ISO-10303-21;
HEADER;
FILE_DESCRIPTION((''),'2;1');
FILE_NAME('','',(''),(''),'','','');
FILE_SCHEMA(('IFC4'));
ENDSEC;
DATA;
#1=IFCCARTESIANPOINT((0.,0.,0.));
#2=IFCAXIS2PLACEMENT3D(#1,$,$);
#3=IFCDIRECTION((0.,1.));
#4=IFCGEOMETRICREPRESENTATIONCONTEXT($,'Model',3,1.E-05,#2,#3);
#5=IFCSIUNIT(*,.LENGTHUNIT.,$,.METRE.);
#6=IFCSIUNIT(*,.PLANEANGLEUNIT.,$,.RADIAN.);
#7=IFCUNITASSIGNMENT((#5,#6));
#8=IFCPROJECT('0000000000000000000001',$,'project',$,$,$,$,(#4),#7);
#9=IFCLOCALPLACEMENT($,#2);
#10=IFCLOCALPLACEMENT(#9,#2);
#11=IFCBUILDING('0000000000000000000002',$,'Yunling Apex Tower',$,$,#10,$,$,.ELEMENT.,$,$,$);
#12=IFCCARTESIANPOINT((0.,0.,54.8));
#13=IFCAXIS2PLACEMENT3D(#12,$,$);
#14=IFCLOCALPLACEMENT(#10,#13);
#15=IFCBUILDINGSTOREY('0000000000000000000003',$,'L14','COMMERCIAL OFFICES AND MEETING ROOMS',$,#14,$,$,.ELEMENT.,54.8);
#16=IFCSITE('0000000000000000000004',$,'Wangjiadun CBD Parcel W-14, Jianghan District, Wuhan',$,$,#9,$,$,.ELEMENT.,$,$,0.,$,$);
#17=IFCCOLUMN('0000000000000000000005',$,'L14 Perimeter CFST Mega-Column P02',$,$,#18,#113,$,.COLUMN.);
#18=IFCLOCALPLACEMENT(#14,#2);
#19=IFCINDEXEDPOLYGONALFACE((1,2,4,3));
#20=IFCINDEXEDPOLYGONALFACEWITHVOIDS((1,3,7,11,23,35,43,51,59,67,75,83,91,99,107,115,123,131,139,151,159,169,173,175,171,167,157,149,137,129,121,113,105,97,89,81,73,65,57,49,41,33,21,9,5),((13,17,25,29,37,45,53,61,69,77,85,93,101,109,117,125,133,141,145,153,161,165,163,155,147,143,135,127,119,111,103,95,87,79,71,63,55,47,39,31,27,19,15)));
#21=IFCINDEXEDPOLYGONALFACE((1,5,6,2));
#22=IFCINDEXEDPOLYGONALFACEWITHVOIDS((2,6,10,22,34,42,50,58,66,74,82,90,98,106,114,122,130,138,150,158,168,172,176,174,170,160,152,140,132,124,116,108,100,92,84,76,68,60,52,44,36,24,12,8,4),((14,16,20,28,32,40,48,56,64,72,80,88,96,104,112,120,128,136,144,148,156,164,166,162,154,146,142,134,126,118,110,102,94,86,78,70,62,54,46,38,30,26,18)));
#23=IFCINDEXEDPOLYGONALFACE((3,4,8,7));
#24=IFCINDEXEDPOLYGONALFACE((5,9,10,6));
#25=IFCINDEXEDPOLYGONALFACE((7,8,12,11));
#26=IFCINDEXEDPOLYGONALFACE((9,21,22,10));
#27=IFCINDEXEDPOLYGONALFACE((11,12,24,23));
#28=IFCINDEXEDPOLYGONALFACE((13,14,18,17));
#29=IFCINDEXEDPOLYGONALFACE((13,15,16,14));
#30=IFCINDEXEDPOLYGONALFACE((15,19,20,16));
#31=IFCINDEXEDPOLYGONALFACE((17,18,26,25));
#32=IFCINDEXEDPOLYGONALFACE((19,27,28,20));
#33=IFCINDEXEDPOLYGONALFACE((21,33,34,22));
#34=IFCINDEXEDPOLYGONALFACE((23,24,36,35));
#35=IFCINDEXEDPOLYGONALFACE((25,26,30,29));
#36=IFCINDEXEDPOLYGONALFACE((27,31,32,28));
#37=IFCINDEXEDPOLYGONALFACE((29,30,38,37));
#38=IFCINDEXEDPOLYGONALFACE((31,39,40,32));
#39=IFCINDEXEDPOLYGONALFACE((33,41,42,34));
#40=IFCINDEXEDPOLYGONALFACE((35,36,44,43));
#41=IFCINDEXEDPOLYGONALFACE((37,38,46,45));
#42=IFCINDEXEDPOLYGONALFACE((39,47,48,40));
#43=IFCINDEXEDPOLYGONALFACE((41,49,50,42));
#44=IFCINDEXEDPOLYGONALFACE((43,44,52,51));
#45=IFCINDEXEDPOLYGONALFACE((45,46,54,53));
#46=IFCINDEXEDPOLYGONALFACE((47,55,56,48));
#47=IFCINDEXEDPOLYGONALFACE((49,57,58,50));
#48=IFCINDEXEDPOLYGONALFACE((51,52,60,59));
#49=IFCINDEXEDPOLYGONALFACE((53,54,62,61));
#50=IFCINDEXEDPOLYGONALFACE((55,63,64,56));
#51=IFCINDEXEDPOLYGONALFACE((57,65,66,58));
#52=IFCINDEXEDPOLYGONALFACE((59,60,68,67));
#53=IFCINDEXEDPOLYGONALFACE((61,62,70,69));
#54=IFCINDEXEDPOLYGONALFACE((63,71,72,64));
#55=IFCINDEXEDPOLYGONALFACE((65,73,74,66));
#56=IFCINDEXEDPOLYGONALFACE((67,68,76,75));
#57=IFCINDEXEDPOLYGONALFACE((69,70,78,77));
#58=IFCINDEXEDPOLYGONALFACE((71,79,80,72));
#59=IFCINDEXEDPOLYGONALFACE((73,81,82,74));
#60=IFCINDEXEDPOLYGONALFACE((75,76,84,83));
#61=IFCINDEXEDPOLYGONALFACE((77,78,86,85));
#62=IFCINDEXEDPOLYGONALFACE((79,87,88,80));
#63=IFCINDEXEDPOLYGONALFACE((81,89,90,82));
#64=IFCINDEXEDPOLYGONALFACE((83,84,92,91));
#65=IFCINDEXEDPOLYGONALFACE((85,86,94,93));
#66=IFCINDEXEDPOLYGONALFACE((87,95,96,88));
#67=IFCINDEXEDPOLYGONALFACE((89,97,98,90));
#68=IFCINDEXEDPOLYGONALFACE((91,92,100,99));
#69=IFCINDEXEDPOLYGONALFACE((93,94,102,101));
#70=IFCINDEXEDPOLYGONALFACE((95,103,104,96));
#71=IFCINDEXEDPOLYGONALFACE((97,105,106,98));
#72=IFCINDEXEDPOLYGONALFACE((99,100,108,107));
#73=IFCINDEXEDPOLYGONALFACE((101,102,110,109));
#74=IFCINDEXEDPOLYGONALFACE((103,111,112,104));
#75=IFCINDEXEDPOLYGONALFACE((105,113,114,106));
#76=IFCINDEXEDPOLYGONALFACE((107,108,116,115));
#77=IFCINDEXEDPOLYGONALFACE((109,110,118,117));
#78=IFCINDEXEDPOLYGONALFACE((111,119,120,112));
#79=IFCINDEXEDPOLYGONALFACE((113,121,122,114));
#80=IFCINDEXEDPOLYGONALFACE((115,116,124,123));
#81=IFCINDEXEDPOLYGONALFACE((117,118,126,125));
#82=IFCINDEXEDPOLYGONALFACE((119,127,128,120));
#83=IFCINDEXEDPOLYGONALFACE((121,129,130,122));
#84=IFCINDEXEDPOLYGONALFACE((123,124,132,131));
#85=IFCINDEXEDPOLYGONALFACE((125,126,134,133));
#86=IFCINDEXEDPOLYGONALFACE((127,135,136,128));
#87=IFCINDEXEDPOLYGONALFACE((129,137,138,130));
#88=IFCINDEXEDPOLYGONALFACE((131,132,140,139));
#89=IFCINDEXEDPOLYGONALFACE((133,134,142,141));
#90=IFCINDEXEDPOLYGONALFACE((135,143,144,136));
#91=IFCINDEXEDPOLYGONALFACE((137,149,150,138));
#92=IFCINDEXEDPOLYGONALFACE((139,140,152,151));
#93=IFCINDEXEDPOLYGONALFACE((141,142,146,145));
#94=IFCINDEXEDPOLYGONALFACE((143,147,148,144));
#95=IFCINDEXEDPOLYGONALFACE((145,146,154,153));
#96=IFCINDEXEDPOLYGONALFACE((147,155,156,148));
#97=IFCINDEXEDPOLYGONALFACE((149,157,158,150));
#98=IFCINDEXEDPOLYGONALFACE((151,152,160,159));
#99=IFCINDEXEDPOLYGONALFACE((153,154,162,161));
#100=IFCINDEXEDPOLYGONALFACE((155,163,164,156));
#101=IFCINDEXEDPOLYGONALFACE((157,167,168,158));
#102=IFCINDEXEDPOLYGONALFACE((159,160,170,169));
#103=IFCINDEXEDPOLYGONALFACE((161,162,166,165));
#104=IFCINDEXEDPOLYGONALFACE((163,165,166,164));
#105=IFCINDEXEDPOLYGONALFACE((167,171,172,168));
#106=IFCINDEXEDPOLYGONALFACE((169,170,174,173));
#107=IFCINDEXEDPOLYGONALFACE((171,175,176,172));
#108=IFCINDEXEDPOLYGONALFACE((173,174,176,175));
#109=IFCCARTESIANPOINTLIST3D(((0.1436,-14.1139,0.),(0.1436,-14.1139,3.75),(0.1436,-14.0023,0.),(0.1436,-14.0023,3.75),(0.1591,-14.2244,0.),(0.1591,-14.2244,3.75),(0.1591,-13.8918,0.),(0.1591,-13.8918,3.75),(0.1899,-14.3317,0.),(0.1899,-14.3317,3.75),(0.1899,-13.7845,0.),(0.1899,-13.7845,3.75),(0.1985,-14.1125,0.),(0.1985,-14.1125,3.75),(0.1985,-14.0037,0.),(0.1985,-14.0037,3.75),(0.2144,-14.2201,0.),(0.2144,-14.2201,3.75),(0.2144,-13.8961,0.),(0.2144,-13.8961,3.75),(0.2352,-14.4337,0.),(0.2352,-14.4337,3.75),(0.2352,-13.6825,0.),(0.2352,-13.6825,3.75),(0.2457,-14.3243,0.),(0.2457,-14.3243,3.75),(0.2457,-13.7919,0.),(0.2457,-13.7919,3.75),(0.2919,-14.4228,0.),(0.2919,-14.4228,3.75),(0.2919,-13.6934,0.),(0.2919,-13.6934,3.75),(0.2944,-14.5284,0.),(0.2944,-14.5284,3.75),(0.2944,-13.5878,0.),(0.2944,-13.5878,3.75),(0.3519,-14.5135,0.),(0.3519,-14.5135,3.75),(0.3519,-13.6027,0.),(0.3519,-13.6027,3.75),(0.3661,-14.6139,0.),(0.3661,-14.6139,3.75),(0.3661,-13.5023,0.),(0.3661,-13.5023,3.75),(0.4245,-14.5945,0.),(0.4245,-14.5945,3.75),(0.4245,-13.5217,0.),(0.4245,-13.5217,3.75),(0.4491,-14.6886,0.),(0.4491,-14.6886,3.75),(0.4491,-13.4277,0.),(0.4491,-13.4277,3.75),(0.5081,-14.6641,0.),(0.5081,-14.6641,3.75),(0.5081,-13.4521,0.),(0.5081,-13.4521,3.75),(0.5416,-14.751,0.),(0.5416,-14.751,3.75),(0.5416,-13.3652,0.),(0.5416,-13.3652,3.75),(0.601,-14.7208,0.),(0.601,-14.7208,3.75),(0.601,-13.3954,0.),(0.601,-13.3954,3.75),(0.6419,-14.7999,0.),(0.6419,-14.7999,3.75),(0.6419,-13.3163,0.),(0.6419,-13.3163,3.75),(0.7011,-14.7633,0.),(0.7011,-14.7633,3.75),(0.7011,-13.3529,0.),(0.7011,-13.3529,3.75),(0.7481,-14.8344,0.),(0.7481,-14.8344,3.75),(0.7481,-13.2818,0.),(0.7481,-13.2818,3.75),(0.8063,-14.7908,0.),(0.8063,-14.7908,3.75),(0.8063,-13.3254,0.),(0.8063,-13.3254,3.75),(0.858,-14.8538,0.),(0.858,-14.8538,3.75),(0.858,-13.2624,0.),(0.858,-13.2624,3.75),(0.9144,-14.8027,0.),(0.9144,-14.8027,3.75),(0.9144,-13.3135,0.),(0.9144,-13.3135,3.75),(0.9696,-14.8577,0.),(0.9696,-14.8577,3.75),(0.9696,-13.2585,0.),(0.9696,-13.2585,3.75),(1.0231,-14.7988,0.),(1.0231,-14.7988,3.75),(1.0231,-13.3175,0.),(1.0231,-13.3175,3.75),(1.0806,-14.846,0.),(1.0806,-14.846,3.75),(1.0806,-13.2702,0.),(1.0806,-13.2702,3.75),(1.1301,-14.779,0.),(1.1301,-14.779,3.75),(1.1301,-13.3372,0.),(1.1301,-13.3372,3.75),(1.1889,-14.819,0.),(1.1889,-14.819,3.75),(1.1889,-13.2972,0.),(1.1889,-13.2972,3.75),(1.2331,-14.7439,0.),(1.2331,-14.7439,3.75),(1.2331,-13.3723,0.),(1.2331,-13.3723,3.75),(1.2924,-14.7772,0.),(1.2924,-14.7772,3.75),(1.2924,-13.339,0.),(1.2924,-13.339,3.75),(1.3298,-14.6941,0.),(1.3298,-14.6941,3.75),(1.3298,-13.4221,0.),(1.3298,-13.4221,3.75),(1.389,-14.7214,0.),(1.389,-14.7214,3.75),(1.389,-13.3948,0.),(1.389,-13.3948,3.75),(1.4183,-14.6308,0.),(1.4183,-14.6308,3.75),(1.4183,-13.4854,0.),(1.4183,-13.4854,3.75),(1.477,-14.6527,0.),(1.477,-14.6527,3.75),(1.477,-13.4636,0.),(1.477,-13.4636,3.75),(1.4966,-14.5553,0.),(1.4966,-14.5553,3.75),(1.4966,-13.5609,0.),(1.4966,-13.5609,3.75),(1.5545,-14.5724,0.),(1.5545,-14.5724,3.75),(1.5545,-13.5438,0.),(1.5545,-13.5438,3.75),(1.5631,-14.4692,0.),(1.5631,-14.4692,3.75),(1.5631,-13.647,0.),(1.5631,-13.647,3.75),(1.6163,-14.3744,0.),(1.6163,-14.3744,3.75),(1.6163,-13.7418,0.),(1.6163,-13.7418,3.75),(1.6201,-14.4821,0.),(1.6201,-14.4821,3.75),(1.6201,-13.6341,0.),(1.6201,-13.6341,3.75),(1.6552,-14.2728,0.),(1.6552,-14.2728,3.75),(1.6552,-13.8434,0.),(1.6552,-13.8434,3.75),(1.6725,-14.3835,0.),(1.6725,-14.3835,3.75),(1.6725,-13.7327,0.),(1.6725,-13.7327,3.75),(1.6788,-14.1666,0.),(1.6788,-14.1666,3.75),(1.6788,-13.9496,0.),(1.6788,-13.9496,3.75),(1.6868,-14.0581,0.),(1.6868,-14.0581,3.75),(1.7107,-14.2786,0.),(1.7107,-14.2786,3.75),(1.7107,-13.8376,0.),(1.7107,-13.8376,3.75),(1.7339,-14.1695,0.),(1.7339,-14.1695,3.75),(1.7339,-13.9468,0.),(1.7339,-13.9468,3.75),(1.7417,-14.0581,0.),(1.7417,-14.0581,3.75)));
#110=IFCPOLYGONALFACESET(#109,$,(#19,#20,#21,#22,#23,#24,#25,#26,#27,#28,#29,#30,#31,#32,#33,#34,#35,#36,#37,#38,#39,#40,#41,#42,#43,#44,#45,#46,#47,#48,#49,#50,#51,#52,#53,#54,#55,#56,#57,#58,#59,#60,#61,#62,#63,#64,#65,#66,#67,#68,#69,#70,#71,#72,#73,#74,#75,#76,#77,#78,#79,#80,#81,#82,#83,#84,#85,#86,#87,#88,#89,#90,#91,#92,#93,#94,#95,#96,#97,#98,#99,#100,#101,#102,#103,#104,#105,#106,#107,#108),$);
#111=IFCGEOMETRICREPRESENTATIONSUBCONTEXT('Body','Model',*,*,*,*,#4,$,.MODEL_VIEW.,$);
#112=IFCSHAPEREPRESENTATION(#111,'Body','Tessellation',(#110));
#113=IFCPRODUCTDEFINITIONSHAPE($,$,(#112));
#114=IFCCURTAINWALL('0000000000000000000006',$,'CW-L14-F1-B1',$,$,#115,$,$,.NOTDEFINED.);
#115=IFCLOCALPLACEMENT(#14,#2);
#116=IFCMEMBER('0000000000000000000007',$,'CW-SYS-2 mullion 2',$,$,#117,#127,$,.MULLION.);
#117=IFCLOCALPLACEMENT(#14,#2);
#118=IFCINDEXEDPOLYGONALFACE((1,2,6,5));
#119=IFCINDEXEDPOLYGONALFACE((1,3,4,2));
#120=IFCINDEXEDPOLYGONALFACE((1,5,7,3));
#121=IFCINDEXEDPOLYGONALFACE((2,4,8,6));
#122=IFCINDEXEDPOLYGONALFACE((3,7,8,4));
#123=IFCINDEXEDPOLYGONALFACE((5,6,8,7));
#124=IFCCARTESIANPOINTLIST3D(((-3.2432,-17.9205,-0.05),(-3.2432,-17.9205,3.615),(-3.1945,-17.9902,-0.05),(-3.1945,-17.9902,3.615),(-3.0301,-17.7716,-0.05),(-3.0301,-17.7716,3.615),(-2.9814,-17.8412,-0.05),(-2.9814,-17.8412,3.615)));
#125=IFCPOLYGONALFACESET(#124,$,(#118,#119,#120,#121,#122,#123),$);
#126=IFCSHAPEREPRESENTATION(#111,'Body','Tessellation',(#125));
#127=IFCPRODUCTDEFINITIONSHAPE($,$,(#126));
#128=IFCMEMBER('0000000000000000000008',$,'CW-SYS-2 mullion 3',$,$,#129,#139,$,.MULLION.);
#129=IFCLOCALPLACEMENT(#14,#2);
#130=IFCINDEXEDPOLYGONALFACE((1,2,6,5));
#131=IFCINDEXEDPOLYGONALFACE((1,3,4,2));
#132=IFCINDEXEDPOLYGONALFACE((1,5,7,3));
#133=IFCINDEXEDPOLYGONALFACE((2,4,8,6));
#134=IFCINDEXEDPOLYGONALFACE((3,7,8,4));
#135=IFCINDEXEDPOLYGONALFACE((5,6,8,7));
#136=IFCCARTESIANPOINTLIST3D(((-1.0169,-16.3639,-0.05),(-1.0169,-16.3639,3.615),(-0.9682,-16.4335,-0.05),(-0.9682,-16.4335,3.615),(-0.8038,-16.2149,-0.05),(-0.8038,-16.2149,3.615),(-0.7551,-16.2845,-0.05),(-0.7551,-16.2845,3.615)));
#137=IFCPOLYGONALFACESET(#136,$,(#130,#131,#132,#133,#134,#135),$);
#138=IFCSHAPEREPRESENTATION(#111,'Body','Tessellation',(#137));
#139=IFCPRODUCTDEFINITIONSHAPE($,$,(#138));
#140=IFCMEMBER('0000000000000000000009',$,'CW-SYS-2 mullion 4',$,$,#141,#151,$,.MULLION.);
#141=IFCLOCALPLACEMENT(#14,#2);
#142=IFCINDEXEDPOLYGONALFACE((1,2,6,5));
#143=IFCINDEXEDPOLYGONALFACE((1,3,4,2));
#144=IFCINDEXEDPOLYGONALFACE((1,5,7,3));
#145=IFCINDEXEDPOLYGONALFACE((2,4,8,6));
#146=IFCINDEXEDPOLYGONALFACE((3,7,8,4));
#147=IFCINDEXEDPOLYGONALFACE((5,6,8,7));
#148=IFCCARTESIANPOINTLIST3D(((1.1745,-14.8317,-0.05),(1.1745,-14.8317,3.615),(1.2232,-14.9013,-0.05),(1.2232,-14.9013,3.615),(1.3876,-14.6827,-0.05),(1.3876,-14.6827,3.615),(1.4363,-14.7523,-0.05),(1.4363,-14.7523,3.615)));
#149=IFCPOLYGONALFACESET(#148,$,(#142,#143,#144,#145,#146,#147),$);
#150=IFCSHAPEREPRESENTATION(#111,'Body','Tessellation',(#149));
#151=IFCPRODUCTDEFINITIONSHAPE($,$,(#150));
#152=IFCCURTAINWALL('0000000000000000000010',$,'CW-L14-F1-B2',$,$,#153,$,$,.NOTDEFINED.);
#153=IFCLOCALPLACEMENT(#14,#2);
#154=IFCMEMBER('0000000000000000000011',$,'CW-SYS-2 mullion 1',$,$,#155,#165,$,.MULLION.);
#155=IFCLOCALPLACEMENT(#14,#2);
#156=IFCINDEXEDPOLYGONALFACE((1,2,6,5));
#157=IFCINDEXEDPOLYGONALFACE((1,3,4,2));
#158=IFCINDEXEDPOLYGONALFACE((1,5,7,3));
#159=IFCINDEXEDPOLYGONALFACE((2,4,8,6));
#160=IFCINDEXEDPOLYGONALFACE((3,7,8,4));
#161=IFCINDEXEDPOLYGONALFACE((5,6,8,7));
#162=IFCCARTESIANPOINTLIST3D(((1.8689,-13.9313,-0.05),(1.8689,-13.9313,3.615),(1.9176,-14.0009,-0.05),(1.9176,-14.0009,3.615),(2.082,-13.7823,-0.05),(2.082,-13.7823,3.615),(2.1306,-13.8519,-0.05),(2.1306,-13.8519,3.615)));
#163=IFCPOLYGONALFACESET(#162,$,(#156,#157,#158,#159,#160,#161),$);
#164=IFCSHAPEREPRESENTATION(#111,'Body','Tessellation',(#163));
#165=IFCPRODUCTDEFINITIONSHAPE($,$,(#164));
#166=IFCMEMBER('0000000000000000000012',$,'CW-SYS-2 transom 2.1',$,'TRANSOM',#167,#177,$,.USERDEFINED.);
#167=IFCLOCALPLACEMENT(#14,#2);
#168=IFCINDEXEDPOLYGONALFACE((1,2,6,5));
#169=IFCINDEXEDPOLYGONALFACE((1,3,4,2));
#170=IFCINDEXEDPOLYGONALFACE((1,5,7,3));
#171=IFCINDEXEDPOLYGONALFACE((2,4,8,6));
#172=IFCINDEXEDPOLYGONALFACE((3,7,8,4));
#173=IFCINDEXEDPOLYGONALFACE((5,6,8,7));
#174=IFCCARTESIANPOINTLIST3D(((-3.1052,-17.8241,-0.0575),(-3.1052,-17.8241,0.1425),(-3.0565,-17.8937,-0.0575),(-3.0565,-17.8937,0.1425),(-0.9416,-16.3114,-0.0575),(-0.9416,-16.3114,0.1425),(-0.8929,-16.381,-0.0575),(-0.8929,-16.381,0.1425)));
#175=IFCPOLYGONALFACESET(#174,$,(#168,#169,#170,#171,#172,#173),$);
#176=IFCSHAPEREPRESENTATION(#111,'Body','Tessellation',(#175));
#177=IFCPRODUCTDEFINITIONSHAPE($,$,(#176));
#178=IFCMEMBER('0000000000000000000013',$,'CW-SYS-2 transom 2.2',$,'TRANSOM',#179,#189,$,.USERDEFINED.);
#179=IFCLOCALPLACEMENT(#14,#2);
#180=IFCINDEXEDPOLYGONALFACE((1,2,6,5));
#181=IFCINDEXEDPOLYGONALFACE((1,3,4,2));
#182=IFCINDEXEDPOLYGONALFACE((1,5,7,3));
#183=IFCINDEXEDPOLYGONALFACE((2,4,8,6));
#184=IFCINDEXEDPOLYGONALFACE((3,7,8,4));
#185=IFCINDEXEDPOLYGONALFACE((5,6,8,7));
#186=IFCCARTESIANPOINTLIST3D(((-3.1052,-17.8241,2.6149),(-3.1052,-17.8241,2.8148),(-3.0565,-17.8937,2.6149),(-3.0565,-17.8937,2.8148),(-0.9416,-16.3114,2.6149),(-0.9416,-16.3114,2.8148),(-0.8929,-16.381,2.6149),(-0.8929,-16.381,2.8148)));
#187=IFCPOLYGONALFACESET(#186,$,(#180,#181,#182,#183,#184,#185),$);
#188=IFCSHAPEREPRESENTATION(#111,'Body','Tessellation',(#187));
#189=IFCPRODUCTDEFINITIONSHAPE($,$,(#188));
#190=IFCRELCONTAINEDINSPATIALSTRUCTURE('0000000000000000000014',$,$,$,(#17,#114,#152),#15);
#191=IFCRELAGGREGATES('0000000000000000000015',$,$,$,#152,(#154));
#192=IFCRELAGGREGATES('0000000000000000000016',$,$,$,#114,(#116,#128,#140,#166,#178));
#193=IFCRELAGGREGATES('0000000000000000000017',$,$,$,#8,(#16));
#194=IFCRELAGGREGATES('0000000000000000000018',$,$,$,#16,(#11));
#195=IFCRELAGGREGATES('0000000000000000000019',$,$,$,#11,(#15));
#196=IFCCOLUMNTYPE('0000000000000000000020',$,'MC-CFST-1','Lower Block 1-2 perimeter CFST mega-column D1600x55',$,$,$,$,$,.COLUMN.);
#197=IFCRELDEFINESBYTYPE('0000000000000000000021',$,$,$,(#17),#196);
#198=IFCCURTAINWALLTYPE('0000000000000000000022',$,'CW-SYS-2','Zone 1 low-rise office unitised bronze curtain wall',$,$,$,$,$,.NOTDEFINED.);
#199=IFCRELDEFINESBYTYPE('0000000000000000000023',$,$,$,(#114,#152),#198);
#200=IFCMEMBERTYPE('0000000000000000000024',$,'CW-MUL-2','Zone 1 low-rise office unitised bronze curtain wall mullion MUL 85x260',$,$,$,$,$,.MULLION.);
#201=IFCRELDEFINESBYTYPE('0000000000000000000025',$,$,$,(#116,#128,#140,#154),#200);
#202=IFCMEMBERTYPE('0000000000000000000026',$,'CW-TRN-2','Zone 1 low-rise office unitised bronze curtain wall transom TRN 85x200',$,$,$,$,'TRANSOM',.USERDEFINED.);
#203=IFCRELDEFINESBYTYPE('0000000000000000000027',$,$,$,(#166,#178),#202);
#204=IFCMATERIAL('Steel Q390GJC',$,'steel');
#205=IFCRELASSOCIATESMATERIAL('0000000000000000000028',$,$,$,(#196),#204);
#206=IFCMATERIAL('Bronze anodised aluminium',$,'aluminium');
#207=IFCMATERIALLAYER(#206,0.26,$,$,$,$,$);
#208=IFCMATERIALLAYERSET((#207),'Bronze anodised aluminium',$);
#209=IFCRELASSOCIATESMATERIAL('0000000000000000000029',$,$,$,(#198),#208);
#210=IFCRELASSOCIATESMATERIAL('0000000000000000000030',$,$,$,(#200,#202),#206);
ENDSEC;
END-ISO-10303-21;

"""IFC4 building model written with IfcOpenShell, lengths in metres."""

from ifc_helpers import new_model, si_unit, direction, frame, origin, origin_2d, place, context, subcontext, project, spatial, rectangle, hollow_circle, extrude, source, transform, mapped, material, layer, layer_set, material_profile, profile_set, type_object, element, aggregate, save


model = new_model("IFC4")

# Units and contexts
model_context = context("Model", 3, precision=1e-05, world=origin(), true_north=direction((0.0, 1.0)))
body_context = subcontext(model_context, "Body", "Model", "MODEL_VIEW")
ifc_project = project(units=[si_unit("LENGTHUNIT", "METRE"), si_unit("PLANEANGLEUNIT", "RADIAN")], contexts=[model_context])

# Site, building, storey
site_placement = place(None, origin())
site = spatial("IfcSite", under=ifc_project, at=site_placement, Name="Wangjiadun CBD Parcel W-14, Jianghan District, Wuhan", CompositionType="ELEMENT", RefElevation=0.0)
building_placement = place(site_placement, origin())
building = spatial("IfcBuilding", under=site, at=building_placement, Name="Yunling Apex Tower", CompositionType="ELEMENT")
storey_placement = place(building_placement, frame((0.0, 0.0, 54.8)))
storey = spatial("IfcBuildingStorey", under=building, at=storey_placement, Name="L14", Description="COMMERCIAL OFFICES AND MEETING ROOMS", CompositionType="ELEMENT", Elevation=54.8)

# Column
ifc_material_1 = material(Name="Steel Q390GJC", Category="steel")
ifc_material_profile_1 = material_profile(ifc_material_1, hollow_circle(Radius=0.8, WallThickness=0.0549, at=origin_2d()))
ifc_profile_set_1 = profile_set([ifc_material_profile_1], Name="Steel Q390GJC")
column_type = type_object("IfcColumnType", Name="MC-CFST-1", Description="Lower Block 1-2 perimeter CFST mega-column D1600x55", PredefinedType="COLUMN", material=ifc_profile_set_1)
shared_shape_1 = source(origin(), body_context, "Body", "SweptSolid", [
    extrude(hollow_circle(Radius=0.8, WallThickness=0.0549, at=origin_2d()), origin(), (0.0, 0.0, 1.0), 3.75),
])
column_placement = place(storey_placement, frame((0.9417, -14.0581, 0.0), z_axis=(0.0, 0.0, 1.0), x_axis=(1.0, 0.0, 0.0)))
element("IfcColumn", 1, at=column_placement, inside=storey, type_object=column_type, Name="L14 Perimeter CFST Mega-Column P02", PredefinedType="COLUMN", context=body_context, shape_type="MappedRepresentation", body=[
    mapped(shared_shape_1, transform((0.0, 0.0, 0.0), scale=1.0)),
])

# Curtain wall, members
ifc_material_2 = material(Name="Bronze anodised aluminium", Category="aluminium")
ifc_layer_1 = layer(ifc_material_2, 0.26)
ifc_layer_set_1 = layer_set([ifc_layer_1], Name="Bronze anodised aluminium")
curtain_wall_type = type_object("IfcCurtainWallType", Name="CW-SYS-2", Description="Zone 1 low-rise office unitised bronze curtain wall", PredefinedType="NOTDEFINED", material=ifc_layer_set_1)
curtain_wall_1_placement = place(storey_placement, origin())
curtain_wall_1 = element("IfcCurtainWall", 2, at=curtain_wall_1_placement, inside=storey, type_object=curtain_wall_type, Name="CW-L14-F1-B1", PredefinedType="NOTDEFINED")
ifc_material_profile_2 = material_profile(ifc_material_2, rectangle(XDim=0.085, YDim=0.26, at=origin_2d()))
ifc_profile_set_2 = profile_set([ifc_material_profile_2], Name="Bronze anodised aluminium")
member_type_1 = type_object("IfcMemberType", Name="CW-MUL-2", Description="Zone 1 low-rise office unitised bronze curtain wall mullion MUL 85x260", PredefinedType="MULLION", material=ifc_profile_set_2)
shared_shape_2 = source(origin(), body_context, "Body", "SweptSolid", [
    extrude(rectangle(XDim=0.085, YDim=0.26, at=origin_2d()), origin(), (0.0, 0.0, 1.0), 3.665),
])
member_1_placement = place(storey_placement, frame((-3.1123, -17.8809, -0.05), z_axis=(0.0, 0.0, 1.0), x_axis=(-0.573004, 0.819552, 0.0)))
member_1 = element("IfcMember", 3, at=member_1_placement, type_object=member_type_1, Name="CW-SYS-2 mullion 2", PredefinedType="MULLION", context=body_context, shape_type="MappedRepresentation", body=[
    mapped(shared_shape_2, transform((0.0, 0.0, 0.0), scale=1.0)),
])
member_2_placement = place(storey_placement, frame((-0.886, -16.3242, -0.05), z_axis=(0.0, 0.0, 1.0), x_axis=(-0.573004, 0.819552, 0.0)))
member_2 = element("IfcMember", 4, at=member_2_placement, type_object=member_type_1, Name="CW-SYS-2 mullion 3", PredefinedType="MULLION", context=body_context, shape_type="MappedRepresentation", body=[
    mapped(shared_shape_2, transform((0.0, 0.0, 0.0), scale=1.0)),
])
member_3_placement = place(storey_placement, frame((1.3054, -14.792, -0.05), z_axis=(0.0, 0.0, 1.0), x_axis=(-0.573004, 0.819552, 0.0)))
member_3 = element("IfcMember", 5, at=member_3_placement, type_object=member_type_1, Name="CW-SYS-2 mullion 4", PredefinedType="MULLION", context=body_context, shape_type="MappedRepresentation", body=[
    mapped(shared_shape_2, transform((0.0, 0.0, 0.0), scale=1.0)),
])

# Curtain wall, member
curtain_wall_2_placement = place(storey_placement, origin())
curtain_wall_2 = element("IfcCurtainWall", 6, at=curtain_wall_2_placement, inside=storey, type_object=curtain_wall_type, Name="CW-L14-F1-B2", PredefinedType="NOTDEFINED")
member_4_placement = place(storey_placement, frame((1.9998, -13.8916, -0.05), z_axis=(0.0, 0.0, 1.0), x_axis=(-0.573003, 0.819553, 0.0)))
member_4 = element("IfcMember", 7, at=member_4_placement, type_object=member_type_1, Name="CW-SYS-2 mullion 1", PredefinedType="MULLION", context=body_context, shape_type="MappedRepresentation", body=[
    mapped(shared_shape_2, transform((0.0, 0.0, 0.0), scale=1.0)),
])

# Members
ifc_material_profile_3 = material_profile(ifc_material_2, rectangle(XDim=0.085, YDim=0.2, at=origin_2d()))
ifc_profile_set_3 = profile_set([ifc_material_profile_3], Name="Bronze anodised aluminium")
member_type_2 = type_object("IfcMemberType", Name="CW-TRN-2", Description="Zone 1 low-rise office unitised bronze curtain wall transom TRN 85x200", ElementType="TRANSOM", PredefinedType="USERDEFINED", material=ifc_profile_set_3)
shared_shape_3 = source(origin(), body_context, "Body", "SweptSolid", [
    extrude(rectangle(XDim=0.085, YDim=0.2, at=origin_2d()), origin(), (0.0, 0.0, 1.0), 2.6399),
])
member_5_placement = place(storey_placement, frame((-3.0808, -17.8589, 0.0425), z_axis=(0.819553, 0.573003, 0.0), x_axis=(-0.573003, 0.819553, 0.0)))
member_5 = element("IfcMember", 8, at=member_5_placement, type_object=member_type_2, Name="CW-SYS-2 transom 2.1", ObjectType="TRANSOM", PredefinedType="USERDEFINED", context=body_context, shape_type="MappedRepresentation", body=[
    mapped(shared_shape_3, transform((0.0, 0.0, 0.0), scale=1.0)),
])
member_6_placement = place(storey_placement, frame((-3.0808, -17.8589, 2.7148), z_axis=(0.819553, 0.573003, 0.0), x_axis=(-0.573003, 0.819553, 0.0)))
member_6 = element("IfcMember", 9, at=member_6_placement, type_object=member_type_2, Name="CW-SYS-2 transom 2.2", ObjectType="TRANSOM", PredefinedType="USERDEFINED", context=body_context, shape_type="MappedRepresentation", body=[
    mapped(shared_shape_3, transform((0.0, 0.0, 0.0), scale=1.0)),
])
aggregate(curtain_wall_2, [member_4])

aggregate(curtain_wall_1, [member_1, member_2, member_3, member_5, member_6])

save(model, "model.ifc")
